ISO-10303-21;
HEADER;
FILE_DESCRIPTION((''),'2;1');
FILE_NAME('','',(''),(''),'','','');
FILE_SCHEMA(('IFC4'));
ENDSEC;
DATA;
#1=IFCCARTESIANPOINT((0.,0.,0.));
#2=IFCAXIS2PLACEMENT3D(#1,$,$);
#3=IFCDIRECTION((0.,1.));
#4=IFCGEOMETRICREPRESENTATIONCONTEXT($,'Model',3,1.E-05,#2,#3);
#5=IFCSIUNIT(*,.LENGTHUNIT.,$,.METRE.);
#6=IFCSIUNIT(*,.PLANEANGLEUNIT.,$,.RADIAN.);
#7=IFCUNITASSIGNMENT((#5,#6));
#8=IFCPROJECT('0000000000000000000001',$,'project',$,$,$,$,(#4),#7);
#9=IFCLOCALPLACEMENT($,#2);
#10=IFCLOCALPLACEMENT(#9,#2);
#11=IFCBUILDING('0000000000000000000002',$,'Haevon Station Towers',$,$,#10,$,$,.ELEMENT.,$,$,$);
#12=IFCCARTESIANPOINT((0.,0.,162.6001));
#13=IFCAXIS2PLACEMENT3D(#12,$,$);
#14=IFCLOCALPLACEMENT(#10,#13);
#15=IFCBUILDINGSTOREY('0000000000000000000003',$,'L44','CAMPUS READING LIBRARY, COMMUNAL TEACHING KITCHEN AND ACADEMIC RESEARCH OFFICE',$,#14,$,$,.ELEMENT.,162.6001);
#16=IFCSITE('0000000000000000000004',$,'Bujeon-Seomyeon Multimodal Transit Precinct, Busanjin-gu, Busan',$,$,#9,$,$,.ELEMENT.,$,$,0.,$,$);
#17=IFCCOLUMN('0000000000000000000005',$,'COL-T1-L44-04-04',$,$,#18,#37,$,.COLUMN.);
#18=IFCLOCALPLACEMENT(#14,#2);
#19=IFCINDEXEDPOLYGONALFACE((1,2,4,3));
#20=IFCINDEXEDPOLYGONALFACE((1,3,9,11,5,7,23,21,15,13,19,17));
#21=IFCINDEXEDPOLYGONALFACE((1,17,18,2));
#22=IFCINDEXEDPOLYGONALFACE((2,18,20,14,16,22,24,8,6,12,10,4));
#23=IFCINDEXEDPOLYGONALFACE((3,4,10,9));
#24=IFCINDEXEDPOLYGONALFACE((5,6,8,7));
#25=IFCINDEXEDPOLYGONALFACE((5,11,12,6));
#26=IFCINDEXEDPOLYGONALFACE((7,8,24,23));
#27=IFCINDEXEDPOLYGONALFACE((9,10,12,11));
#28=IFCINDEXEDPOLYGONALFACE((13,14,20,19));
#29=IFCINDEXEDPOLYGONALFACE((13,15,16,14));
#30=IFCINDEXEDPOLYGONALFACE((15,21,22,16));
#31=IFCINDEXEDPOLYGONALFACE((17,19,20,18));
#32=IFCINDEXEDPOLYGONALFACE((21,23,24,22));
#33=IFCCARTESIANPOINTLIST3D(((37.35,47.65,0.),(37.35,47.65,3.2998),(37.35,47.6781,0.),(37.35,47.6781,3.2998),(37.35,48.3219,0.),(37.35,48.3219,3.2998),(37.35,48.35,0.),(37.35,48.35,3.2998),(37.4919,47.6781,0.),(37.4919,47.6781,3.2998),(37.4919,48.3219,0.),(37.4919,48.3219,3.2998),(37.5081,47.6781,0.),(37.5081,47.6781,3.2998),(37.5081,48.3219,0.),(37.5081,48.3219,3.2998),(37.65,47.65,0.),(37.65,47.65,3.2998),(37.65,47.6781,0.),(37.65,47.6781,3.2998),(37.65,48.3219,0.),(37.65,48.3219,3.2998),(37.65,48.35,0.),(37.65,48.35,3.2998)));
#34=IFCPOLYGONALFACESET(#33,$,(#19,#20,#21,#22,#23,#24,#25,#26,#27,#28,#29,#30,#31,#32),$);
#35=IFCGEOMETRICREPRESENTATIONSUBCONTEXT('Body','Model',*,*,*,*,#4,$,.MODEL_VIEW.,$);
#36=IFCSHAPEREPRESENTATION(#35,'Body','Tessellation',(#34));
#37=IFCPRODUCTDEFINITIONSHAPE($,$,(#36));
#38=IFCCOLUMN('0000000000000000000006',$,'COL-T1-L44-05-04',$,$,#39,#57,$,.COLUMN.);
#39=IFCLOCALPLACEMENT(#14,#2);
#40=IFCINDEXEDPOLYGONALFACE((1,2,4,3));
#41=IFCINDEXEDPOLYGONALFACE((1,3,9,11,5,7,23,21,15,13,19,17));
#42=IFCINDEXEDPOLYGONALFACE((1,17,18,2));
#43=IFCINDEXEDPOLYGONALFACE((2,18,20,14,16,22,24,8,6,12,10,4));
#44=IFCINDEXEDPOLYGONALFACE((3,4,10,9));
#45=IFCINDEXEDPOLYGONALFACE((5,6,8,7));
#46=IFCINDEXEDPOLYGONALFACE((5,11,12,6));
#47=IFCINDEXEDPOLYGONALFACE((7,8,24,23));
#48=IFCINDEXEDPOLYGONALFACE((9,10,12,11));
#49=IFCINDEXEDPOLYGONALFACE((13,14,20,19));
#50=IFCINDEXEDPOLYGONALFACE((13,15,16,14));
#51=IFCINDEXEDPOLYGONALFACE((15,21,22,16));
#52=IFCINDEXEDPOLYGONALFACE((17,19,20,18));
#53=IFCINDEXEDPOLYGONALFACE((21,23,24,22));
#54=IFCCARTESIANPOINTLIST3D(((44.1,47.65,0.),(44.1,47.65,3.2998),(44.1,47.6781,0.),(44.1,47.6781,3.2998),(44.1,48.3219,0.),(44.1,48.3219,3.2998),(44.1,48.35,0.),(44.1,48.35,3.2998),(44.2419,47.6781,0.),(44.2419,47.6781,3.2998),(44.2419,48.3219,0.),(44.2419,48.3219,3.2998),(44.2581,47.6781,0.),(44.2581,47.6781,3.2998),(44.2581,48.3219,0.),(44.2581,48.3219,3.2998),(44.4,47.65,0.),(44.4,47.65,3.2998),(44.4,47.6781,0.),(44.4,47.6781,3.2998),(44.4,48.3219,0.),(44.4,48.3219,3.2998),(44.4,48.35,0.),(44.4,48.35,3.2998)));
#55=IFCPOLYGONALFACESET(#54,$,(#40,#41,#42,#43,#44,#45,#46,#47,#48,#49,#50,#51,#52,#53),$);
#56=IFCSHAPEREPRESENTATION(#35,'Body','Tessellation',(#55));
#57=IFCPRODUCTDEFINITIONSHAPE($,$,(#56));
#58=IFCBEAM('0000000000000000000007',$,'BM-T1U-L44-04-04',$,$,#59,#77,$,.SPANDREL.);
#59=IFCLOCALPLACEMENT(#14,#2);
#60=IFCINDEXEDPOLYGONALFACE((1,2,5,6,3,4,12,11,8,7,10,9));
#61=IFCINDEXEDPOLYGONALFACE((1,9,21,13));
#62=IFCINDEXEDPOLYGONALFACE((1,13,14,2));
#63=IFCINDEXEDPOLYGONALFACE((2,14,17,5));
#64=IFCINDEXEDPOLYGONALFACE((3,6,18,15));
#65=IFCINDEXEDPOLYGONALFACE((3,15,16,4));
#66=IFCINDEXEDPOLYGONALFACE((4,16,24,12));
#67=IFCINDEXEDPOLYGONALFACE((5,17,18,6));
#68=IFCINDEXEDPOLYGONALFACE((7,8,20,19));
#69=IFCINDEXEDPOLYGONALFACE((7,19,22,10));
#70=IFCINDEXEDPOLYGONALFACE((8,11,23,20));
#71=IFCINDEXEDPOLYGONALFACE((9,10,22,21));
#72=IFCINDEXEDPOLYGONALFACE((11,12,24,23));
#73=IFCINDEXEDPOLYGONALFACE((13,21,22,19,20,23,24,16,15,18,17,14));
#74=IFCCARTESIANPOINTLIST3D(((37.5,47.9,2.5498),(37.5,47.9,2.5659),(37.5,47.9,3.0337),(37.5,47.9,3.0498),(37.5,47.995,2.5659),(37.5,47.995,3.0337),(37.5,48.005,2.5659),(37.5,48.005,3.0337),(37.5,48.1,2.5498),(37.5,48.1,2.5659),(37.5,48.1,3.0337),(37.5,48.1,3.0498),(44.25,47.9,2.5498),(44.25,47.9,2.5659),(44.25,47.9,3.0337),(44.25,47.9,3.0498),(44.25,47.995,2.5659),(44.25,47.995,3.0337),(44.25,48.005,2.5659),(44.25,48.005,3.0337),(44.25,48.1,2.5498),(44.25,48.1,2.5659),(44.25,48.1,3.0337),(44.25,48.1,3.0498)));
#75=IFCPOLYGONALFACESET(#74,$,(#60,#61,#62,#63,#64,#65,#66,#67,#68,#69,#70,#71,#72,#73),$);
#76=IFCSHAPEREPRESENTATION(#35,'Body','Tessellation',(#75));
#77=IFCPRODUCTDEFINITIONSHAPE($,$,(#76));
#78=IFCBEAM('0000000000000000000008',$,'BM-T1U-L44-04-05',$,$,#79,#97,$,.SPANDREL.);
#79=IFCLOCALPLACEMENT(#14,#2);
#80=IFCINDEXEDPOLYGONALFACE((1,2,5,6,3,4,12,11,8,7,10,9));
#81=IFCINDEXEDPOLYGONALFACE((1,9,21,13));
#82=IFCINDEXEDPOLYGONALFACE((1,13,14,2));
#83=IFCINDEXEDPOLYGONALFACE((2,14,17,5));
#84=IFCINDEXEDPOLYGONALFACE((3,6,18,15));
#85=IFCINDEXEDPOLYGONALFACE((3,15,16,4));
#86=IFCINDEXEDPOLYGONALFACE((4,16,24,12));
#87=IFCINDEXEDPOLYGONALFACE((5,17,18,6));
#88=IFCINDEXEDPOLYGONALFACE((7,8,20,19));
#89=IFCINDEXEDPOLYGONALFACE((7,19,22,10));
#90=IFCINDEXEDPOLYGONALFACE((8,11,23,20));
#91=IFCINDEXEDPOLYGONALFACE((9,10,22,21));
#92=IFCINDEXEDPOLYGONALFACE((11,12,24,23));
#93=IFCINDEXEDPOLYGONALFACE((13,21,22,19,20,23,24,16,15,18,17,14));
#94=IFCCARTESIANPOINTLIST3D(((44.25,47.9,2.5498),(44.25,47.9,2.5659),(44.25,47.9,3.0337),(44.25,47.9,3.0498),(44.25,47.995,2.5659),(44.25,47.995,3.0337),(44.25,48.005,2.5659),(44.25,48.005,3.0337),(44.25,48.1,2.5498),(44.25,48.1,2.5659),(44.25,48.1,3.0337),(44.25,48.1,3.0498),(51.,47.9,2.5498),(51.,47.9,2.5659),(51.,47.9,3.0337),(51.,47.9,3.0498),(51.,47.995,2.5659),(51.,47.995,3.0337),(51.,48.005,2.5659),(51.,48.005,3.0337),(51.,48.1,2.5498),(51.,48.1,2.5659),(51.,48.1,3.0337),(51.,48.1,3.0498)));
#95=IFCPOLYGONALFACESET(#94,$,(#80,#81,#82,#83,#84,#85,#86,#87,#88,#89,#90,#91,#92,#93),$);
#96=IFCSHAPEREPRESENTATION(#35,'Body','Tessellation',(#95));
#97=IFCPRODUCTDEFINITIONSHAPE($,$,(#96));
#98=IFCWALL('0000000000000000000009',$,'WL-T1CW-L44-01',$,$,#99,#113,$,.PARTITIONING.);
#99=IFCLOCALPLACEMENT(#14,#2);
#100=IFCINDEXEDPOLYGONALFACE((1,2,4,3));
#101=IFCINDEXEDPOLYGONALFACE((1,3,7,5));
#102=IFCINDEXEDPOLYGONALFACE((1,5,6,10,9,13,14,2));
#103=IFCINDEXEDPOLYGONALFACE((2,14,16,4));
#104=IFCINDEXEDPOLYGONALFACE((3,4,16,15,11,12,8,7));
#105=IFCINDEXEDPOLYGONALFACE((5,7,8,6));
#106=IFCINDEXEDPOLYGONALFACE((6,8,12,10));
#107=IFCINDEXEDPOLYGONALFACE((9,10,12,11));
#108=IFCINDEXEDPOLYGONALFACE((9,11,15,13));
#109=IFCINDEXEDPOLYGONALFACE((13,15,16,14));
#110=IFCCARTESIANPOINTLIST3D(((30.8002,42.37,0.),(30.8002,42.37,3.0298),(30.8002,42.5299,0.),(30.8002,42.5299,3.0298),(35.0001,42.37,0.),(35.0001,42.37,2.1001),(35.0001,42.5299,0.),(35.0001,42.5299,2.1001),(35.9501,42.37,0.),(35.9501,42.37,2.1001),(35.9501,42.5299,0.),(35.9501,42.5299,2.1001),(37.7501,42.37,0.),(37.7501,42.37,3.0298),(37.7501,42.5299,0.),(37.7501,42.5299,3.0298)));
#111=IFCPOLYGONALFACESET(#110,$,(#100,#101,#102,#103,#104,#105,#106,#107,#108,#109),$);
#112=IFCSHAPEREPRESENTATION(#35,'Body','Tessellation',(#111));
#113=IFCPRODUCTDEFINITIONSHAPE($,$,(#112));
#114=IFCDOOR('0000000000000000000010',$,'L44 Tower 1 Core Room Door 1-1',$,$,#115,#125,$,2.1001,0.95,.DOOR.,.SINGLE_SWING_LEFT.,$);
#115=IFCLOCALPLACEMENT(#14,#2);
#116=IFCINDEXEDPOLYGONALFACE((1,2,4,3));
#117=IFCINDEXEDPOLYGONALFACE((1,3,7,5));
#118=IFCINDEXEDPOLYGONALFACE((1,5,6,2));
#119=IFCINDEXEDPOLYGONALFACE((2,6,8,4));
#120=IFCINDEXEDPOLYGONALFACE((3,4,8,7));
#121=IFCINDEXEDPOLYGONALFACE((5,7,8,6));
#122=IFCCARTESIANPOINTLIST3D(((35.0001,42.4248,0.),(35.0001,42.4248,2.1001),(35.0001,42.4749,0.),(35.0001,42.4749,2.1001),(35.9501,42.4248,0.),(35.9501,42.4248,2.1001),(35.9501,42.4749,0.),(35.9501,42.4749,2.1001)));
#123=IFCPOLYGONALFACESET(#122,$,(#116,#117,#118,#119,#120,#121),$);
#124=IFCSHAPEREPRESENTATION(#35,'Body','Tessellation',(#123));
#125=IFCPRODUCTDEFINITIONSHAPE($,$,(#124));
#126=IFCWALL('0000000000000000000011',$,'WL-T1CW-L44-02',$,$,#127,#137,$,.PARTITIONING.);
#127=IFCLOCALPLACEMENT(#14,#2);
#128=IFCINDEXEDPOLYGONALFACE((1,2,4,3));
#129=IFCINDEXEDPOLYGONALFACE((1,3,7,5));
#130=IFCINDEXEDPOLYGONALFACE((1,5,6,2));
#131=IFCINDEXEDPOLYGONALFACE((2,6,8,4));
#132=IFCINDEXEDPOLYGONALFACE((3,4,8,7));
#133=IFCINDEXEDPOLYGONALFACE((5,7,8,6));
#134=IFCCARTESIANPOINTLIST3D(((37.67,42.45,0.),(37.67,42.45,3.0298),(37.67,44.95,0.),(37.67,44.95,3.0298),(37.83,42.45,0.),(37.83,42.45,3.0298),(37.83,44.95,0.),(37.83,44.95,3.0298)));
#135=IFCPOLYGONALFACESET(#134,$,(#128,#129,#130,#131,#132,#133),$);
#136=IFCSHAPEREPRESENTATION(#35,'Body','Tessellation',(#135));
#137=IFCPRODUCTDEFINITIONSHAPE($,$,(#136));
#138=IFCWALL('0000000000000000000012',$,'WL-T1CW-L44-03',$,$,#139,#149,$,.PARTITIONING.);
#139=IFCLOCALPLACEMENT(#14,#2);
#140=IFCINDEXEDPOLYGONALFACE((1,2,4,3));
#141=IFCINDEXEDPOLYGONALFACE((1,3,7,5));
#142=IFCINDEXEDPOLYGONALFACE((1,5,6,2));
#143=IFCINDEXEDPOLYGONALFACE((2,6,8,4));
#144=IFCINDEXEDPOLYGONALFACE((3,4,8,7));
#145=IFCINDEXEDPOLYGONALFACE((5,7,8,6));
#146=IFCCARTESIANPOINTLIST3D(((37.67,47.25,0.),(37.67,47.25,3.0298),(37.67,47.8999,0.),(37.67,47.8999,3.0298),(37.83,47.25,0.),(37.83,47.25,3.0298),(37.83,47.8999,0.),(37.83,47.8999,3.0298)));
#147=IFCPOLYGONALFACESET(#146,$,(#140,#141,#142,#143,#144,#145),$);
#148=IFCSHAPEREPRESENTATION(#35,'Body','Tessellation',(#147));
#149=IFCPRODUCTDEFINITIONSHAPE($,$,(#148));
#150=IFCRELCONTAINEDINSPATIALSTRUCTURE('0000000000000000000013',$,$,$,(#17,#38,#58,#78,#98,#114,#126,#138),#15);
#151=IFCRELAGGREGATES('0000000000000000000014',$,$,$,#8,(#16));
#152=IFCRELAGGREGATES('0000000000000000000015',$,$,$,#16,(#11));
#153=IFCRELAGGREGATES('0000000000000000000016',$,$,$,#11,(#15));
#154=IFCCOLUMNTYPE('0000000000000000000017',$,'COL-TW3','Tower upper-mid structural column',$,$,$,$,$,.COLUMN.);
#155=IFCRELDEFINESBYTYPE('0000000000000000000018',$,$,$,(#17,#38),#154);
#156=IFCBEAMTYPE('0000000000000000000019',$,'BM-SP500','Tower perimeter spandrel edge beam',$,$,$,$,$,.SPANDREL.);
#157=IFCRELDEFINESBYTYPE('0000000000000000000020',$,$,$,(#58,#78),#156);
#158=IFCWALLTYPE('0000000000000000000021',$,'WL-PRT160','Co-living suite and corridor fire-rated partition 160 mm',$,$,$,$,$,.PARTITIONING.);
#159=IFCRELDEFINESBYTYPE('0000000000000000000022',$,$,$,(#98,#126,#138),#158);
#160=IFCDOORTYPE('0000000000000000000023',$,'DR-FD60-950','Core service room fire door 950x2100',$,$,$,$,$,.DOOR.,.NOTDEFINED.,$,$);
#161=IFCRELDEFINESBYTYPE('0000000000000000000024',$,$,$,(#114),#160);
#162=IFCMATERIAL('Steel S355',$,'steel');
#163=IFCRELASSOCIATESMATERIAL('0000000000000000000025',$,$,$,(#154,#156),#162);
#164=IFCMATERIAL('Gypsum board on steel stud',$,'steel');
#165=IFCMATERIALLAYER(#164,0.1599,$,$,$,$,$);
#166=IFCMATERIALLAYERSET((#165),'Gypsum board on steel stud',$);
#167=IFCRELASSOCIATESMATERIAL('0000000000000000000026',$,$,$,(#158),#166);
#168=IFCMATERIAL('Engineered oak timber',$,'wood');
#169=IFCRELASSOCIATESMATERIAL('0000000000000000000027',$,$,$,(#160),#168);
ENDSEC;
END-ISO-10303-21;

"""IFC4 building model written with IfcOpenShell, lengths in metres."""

from ifc_helpers import new_model, si_unit, direction, frame, frame_2d, origin, origin_2d, place, context, subcontext, project, spatial, rectangle, i_section, extrude, material, layer, layer_set, material_profile, profile_set, type_object, element, fill, save


model = new_model("IFC4")

# Units and contexts
model_context = context("Model", 3, precision=1e-05, world=origin(), true_north=direction((0.0, 1.0)))
body_context = subcontext(model_context, "Body", "Model", "MODEL_VIEW")
ifc_project = project(units=[si_unit("LENGTHUNIT", "METRE"), si_unit("PLANEANGLEUNIT", "RADIAN")], contexts=[model_context])

# Site, building, storey
site_placement = place(None, origin())
site = spatial("IfcSite", under=ifc_project, at=site_placement, Name="Bujeon-Seomyeon Multimodal Transit Precinct, Busanjin-gu, Busan", CompositionType="ELEMENT", RefElevation=0.0)
building_placement = place(site_placement, origin())
building = spatial("IfcBuilding", under=site, at=building_placement, Name="Haevon Station Towers", CompositionType="ELEMENT")
storey_placement = place(building_placement, frame((0.0, 0.0, 162.6001)))
storey = spatial("IfcBuildingStorey", under=building, at=storey_placement, Name="L44", Description="CAMPUS READING LIBRARY, COMMUNAL TEACHING KITCHEN AND ACADEMIC RESEARCH OFFICE", CompositionType="ELEMENT", Elevation=162.6001)

# Columns
ifc_material_1 = material(Name="Steel S355", Category="steel")
ifc_material_profile_1 = material_profile(ifc_material_1, i_section(OverallWidth=0.3, OverallDepth=0.7, WebThickness=0.0161, FlangeThickness=0.0281, at=origin_2d()), Name="H-700x300x16x28")
ifc_profile_set_1 = profile_set([ifc_material_profile_1], Name="Steel S355")
column_type = type_object("IfcColumnType", Name="COL-TW3", Description="Tower upper-mid structural column", PredefinedType="COLUMN", material=ifc_profile_set_1)
for number, where, z_axis, x_axis, name in (
    (1, (37.5, 48.0, 0.0), (0.0, 0.0, 1.0), (1.0, 0.0, 0.0), "COL-T1-L44-04-04"),
    (2, (44.25, 48.0, 0.0), (0.0, 0.0, 1.0), (1.0, 0.0, 0.0), "COL-T1-L44-05-04"),
):
    element("IfcColumn", number, at=place(storey_placement, frame(where, z_axis=z_axis, x_axis=x_axis)), inside=storey, type_object=column_type, Name=name, PredefinedType="COLUMN", context=body_context, shape_type="SweptSolid", body=[
        extrude(i_section(OverallWidth=0.3, OverallDepth=0.7, WebThickness=0.0161, FlangeThickness=0.0281, at=origin_2d()), origin(), (0.0, 0.0, 1.0), 3.2998),
    ])

# Beams
ifc_material_profile_2 = material_profile(ifc_material_1, i_section(OverallWidth=0.2, OverallDepth=0.5, WebThickness=0.01, FlangeThickness=0.0161, at=origin_2d()), Name="H-500x200x10x16")
ifc_profile_set_2 = profile_set([ifc_material_profile_2], Name="Steel S355")
beam_type = type_object("IfcBeamType", Name="BM-SP500", Description="Tower perimeter spandrel edge beam", PredefinedType="SPANDREL", material=ifc_profile_set_2)
for number, where, z_axis, x_axis, name in (
    (3, (37.5, 48.0, 2.7998), (1.0, 0.0, 0.0), (0.0, 1.0, 0.0), "BM-T1U-L44-04-04"),
    (4, (44.25, 48.0, 2.7998), (1.0, 0.0, 0.0), (0.0, 1.0, 0.0), "BM-T1U-L44-04-05"),
):
    element("IfcBeam", number, at=place(storey_placement, frame(where, z_axis=z_axis, x_axis=x_axis)), inside=storey, type_object=beam_type, Name=name, PredefinedType="SPANDREL", context=body_context, shape_type="SweptSolid", body=[
        extrude(i_section(OverallWidth=0.2, OverallDepth=0.5, WebThickness=0.01, FlangeThickness=0.0161, at=origin_2d()), origin(), (0.0, 0.0, 1.0), 6.75),
    ])

# Wall, opening, door
ifc_material_2 = material(Name="Gypsum board on steel stud", Category="steel")
ifc_layer_1 = layer(ifc_material_2, 0.1599)
ifc_layer_set_1 = layer_set([ifc_layer_1], Name="Gypsum board on steel stud")
wall_type_1 = type_object("IfcWallType", Name="WL-PRT160", Description="Co-living suite and corridor fire-rated partition 160 mm", PredefinedType="PARTITIONING", material=ifc_layer_set_1)
wall_1_placement = place(storey_placement, frame((30.8, 42.45, 0.0), z_axis=(0.0, 0.0, 1.0), x_axis=(1.0, 0.0, 0.0)))
wall_1 = element("IfcWall", 5, at=wall_1_placement, inside=storey, type_object=wall_type_1, Name="WL-T1CW-L44-01", PredefinedType="PARTITIONING", context=body_context, shape_type="SweptSolid", body=[
    extrude(rectangle(XDim=6.95, YDim=0.1599, at=frame_2d((3.4751, 0.0))), origin(), (0.0, 0.0, 1.0), 3.0298),
])
opening_1_placement = place(wall_1_placement, frame((4.2, 0.0, 0.0)))
opening_1 = element("IfcOpeningElement", 6, at=opening_1_placement, cuts=wall_1, PredefinedType="OPENING", context=body_context, shape_type="SweptSolid", body=[
    extrude(rectangle(XDim=0.95, YDim=2.1001, at=frame_2d((0.4751, 1.05))), frame((0.0, 0.0898, 0.0), z_axis=(0.0, -1.0, 0.0), x_axis=(1.0, 0.0, 0.0)), (0.0, 0.0, 1.0), 0.1799),
])
ifc_material_3 = material(Name="Engineered oak timber", Category="wood")
door_type_1 = type_object("IfcDoorType", Name="DR-FD60-950", Description="Core service room fire door 950x2100", OperationType="NOTDEFINED", PredefinedType="DOOR", material=ifc_material_3)
door_1_placement = place(opening_1_placement, origin())
door_1 = element("IfcDoor", 7, at=door_1_placement, inside=storey, type_object=door_type_1, Name="L44 Tower 1 Core Room Door 1-1", OperationType="SINGLE_SWING_LEFT", OverallHeight=2.1001, OverallWidth=0.95, PredefinedType="DOOR", context=body_context, shape_type="SweptSolid", body=[
    extrude(rectangle(XDim=0.95, YDim=2.1001, at=frame_2d((0.4751, 1.05))), frame((0.0, 0.0249, 0.0), z_axis=(0.0, -1.0, 0.0), x_axis=(1.0, 0.0, 0.0)), (0.0, 0.0, 1.0), 0.05),
])
fill(opening_1, door_1)

# Walls
wall_2_placement = place(storey_placement, frame((37.75, 42.45, 0.0), z_axis=(0.0, 0.0, 1.0), x_axis=(0.0, 1.0, 0.0)))
element("IfcWall", 8, at=wall_2_placement, inside=storey, type_object=wall_type_1, Name="WL-T1CW-L44-02", PredefinedType="PARTITIONING", context=body_context, shape_type="SweptSolid", body=[
    extrude(rectangle(XDim=2.5, YDim=0.1599, at=frame_2d((1.25, 0.0))), origin(), (0.0, 0.0, 1.0), 3.0298),
])
wall_3_placement = place(storey_placement, frame((37.75, 47.25, 0.0), z_axis=(0.0, 0.0, 1.0), x_axis=(0.0, 1.0, 0.0)))
element("IfcWall", 9, at=wall_3_placement, inside=storey, type_object=wall_type_1, Name="WL-T1CW-L44-03", PredefinedType="PARTITIONING", context=body_context, shape_type="SweptSolid", body=[
    extrude(rectangle(XDim=0.6499, YDim=0.1599, at=frame_2d((0.325, 0.0))), origin(), (0.0, 0.0, 1.0), 3.0298),
])

save(model, "model.ifc")
